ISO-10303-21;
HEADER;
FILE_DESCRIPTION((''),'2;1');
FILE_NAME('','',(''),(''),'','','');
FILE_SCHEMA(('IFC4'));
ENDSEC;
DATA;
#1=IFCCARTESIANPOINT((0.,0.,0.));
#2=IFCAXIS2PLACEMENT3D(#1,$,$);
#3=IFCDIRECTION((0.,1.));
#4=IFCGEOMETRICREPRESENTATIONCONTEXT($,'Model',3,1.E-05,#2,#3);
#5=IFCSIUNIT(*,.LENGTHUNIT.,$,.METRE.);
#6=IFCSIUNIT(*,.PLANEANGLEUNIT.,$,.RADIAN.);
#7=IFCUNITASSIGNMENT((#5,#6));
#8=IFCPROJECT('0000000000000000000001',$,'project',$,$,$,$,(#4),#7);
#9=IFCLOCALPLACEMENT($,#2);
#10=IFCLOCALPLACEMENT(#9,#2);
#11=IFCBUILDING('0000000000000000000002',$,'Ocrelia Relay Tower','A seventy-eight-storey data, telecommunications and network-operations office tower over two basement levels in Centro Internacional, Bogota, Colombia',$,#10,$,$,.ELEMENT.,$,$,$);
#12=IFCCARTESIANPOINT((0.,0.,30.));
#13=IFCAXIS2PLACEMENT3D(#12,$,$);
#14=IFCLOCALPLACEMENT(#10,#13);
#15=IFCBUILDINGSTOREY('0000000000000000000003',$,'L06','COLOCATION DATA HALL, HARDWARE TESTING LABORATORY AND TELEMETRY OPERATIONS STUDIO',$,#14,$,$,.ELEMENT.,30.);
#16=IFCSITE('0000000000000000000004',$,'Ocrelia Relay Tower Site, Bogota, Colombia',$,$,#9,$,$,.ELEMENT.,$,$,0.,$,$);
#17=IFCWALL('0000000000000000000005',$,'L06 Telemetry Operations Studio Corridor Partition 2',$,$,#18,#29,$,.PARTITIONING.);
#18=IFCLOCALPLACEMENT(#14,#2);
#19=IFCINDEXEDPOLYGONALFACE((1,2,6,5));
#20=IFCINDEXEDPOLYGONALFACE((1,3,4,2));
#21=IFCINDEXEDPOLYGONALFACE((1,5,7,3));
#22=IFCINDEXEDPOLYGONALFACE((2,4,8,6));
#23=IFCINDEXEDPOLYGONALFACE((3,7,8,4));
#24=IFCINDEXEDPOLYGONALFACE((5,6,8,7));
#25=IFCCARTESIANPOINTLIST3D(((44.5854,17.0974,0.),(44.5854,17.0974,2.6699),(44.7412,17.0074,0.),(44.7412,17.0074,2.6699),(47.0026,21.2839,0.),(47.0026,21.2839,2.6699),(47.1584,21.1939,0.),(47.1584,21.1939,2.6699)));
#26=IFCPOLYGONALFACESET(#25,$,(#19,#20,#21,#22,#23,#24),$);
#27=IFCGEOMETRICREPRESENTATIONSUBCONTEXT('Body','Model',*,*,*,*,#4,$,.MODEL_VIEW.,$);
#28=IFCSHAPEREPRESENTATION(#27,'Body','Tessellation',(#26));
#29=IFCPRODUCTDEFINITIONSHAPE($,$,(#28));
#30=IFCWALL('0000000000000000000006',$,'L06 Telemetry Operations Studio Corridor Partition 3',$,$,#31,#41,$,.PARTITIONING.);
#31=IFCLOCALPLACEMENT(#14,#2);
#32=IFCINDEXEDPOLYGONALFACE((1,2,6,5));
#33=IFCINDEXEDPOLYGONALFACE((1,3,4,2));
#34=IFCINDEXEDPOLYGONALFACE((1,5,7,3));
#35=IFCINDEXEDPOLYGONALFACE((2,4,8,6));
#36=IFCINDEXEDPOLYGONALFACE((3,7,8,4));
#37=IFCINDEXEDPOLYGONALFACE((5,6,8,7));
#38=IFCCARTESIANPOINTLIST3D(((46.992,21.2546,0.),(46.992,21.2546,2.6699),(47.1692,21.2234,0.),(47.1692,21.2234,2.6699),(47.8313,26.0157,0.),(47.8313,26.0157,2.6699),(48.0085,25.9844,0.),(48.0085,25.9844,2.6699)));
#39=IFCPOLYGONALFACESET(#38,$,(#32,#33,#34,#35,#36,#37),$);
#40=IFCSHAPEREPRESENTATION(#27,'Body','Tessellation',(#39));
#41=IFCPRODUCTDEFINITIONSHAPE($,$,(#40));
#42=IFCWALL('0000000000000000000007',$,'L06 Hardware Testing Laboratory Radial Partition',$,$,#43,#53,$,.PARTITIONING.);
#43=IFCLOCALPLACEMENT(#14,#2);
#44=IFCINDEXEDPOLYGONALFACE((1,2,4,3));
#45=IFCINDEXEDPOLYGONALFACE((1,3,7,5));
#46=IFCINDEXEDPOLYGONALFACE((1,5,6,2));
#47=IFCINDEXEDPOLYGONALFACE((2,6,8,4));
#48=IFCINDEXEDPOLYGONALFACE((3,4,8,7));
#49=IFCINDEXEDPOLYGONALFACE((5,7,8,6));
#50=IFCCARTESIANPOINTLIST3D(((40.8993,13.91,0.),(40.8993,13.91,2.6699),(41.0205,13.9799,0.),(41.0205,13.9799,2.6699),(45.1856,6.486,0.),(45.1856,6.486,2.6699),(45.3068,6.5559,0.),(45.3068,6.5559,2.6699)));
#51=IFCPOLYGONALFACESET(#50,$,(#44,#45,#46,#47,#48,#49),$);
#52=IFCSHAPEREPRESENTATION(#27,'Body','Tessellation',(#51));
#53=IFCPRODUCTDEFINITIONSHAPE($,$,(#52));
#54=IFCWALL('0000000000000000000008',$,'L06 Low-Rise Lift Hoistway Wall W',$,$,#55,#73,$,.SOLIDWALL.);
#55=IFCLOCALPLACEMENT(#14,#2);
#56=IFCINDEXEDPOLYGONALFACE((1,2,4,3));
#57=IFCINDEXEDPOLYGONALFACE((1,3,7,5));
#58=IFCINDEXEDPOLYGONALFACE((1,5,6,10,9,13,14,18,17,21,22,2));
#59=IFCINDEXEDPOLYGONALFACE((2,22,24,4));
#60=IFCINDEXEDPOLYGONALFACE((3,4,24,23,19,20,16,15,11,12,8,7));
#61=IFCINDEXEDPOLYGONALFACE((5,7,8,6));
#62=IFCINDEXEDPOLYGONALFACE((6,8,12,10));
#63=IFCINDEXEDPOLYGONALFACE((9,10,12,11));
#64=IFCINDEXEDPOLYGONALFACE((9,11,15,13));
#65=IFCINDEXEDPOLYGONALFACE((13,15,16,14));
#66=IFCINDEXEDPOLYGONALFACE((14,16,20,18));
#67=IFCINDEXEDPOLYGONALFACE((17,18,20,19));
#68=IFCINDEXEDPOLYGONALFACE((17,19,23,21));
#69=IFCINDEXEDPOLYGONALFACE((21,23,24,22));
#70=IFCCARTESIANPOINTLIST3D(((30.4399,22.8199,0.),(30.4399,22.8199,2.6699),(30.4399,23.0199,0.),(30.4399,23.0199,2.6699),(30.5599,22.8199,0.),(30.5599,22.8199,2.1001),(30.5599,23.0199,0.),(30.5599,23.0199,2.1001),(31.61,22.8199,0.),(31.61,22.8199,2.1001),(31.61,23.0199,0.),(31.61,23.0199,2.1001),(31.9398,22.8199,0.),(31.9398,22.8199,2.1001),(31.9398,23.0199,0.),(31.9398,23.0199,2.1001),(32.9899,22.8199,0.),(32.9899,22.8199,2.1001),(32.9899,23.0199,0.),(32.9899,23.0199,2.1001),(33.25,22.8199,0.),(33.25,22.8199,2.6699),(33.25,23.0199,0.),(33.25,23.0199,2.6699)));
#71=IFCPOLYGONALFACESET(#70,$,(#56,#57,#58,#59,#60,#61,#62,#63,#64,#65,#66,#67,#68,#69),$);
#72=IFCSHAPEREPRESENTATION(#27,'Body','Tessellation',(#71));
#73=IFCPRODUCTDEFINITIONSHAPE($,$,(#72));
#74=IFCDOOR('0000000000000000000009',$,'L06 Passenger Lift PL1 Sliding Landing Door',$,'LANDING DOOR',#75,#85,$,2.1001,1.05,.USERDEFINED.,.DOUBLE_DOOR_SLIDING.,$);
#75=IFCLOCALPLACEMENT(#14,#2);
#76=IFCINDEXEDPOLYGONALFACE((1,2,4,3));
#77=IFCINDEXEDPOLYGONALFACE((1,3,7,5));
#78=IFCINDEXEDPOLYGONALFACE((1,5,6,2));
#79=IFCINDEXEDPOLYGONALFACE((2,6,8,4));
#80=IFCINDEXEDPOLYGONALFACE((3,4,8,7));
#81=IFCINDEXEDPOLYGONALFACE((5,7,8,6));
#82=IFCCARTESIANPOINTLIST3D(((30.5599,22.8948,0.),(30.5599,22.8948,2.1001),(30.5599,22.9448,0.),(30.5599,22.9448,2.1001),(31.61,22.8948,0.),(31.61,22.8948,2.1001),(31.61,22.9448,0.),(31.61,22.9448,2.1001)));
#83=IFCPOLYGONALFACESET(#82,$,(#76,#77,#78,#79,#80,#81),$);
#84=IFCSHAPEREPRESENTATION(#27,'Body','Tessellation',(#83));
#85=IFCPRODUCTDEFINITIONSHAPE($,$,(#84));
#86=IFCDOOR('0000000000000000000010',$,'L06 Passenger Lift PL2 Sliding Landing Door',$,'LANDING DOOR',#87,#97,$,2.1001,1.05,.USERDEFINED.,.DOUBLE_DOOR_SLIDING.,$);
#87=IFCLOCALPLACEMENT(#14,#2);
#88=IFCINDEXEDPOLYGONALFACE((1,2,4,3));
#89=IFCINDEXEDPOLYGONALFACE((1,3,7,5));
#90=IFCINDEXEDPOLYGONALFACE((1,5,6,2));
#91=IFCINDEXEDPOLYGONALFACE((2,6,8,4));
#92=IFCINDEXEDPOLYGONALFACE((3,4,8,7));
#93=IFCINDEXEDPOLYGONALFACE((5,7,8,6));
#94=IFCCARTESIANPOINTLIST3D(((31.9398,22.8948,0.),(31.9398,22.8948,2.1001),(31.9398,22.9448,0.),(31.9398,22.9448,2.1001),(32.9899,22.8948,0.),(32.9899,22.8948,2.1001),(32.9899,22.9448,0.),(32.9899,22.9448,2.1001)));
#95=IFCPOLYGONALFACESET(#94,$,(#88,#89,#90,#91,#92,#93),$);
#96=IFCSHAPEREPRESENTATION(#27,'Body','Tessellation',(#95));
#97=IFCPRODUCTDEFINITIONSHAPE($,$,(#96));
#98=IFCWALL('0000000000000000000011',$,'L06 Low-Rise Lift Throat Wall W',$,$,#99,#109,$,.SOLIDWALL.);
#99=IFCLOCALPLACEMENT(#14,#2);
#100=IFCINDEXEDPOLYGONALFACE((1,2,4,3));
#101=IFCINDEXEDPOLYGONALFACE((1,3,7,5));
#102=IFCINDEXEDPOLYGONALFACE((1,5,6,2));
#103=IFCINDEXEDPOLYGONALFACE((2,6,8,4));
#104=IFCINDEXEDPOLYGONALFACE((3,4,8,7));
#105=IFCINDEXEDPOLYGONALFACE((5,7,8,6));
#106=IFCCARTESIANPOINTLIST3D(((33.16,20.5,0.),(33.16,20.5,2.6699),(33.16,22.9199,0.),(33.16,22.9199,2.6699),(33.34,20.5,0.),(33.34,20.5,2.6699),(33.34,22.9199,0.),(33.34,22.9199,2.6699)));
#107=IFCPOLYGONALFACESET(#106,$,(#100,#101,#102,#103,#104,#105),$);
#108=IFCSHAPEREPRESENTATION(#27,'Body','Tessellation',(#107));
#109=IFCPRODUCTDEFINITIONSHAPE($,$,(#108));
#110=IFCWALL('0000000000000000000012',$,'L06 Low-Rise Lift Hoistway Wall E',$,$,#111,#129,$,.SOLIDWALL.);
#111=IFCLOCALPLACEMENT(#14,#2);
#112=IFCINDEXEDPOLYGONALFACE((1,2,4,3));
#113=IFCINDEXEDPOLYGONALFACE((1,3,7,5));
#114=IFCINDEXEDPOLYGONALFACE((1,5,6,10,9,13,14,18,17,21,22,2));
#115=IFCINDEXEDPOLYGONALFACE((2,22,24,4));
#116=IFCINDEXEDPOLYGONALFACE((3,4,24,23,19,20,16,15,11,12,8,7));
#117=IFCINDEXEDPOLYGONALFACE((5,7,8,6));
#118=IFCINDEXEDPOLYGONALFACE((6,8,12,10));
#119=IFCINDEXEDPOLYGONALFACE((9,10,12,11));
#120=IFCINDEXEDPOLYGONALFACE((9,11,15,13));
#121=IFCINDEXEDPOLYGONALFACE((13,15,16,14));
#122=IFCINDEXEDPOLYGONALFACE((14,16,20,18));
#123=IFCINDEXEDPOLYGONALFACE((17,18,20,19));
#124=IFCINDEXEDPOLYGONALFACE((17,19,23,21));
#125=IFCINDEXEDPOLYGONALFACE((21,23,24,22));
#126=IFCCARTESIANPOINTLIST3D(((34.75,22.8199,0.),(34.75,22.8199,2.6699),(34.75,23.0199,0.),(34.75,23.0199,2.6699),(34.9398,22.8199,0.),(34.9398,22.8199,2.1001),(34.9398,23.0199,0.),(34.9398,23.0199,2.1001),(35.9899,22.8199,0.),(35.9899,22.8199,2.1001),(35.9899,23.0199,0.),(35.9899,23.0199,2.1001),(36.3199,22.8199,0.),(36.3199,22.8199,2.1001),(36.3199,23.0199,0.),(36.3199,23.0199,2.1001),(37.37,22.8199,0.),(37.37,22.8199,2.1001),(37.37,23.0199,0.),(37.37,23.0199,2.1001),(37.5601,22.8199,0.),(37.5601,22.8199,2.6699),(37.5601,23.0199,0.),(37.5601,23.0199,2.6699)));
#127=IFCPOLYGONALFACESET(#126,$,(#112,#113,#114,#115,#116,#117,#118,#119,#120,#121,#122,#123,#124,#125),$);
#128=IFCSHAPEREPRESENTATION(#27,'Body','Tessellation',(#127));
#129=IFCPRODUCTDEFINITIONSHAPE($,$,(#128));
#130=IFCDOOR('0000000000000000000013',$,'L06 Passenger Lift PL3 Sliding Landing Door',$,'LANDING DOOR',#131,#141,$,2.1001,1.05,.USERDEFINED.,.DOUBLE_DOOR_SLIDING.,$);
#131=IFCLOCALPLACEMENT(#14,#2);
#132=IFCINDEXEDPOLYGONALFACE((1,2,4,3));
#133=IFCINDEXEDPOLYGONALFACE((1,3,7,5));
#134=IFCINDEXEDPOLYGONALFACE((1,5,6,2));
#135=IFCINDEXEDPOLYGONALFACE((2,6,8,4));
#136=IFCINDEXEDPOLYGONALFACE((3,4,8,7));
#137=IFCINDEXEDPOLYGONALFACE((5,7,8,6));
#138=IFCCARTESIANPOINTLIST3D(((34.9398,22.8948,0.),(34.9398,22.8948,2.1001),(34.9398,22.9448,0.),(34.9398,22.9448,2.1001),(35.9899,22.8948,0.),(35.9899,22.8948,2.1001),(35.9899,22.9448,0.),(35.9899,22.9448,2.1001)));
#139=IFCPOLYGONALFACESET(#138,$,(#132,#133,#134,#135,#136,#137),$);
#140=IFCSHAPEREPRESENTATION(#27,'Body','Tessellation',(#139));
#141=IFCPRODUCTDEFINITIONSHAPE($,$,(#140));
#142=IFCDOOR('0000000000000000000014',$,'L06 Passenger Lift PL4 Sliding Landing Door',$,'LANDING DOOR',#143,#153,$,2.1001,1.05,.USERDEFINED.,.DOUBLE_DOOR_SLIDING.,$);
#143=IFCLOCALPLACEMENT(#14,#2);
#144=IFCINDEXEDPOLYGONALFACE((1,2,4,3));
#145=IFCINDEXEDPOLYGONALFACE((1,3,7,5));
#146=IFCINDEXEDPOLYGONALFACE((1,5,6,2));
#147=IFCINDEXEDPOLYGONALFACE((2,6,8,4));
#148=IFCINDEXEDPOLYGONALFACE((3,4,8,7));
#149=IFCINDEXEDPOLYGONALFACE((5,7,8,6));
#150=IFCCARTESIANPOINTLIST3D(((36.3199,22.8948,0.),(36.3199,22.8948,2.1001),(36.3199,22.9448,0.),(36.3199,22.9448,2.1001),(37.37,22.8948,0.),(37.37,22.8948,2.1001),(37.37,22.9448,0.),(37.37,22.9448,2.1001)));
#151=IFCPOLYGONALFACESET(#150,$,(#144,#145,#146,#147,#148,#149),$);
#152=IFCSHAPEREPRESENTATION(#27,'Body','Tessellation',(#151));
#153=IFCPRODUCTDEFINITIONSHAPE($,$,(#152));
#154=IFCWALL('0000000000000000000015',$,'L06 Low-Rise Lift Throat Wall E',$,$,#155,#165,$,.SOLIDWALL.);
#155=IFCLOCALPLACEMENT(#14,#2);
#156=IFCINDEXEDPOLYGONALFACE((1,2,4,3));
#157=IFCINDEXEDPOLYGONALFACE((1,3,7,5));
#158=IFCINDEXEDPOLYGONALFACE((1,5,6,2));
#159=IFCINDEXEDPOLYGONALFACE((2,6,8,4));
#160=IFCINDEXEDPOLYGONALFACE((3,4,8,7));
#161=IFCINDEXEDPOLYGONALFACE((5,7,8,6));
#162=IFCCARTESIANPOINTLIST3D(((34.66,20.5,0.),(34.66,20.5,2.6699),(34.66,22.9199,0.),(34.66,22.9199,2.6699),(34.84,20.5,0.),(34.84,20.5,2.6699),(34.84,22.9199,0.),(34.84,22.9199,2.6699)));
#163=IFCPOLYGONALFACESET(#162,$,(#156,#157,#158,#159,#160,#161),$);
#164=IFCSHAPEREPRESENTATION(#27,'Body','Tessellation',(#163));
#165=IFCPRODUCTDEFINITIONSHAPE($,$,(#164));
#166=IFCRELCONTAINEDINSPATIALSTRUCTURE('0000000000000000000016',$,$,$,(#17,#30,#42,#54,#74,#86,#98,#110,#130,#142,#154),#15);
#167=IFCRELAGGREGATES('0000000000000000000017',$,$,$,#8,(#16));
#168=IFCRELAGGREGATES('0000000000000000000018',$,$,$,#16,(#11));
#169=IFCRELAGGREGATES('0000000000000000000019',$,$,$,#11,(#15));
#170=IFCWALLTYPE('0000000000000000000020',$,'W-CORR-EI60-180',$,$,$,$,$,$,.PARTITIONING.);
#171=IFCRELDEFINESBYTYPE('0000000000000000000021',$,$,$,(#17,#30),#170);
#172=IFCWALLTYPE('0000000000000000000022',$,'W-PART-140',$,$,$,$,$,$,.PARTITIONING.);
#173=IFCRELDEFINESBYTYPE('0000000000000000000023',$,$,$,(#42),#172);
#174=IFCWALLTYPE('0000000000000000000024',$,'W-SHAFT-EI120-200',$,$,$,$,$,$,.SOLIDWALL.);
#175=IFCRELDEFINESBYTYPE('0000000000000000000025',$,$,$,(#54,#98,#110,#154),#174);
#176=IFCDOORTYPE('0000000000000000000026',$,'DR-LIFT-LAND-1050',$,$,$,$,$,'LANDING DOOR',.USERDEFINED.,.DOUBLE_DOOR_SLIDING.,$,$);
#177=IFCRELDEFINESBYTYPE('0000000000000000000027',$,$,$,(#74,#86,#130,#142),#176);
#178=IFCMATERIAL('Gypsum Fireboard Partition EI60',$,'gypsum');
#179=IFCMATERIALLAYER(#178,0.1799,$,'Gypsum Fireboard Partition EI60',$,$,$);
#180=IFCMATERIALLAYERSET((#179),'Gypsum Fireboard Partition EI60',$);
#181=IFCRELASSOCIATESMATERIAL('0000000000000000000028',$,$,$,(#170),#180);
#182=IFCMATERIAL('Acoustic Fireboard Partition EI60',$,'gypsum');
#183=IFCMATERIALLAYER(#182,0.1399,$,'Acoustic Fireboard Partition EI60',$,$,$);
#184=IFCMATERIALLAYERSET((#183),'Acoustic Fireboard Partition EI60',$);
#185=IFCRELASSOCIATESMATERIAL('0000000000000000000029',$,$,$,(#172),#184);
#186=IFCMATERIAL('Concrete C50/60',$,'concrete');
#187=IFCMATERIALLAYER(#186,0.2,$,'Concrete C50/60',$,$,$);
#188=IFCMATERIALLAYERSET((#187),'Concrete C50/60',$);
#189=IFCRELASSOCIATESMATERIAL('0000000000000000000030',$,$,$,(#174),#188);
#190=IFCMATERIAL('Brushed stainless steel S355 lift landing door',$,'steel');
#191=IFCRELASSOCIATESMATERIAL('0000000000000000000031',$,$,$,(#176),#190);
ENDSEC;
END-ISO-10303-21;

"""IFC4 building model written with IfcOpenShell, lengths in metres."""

from ifc_helpers import new_model, si_unit, direction, frame, frame_2d, origin, place, context, subcontext, project, spatial, rectangle, extrude, material, layer, layer_set, type_object, element, fill, save


model = new_model("IFC4")

# Units and contexts
model_context = context("Model", 3, precision=1e-05, world=origin(), true_north=direction((0.0, 1.0)))
body_context = subcontext(model_context, "Body", "Model", "MODEL_VIEW")
ifc_project = project(units=[si_unit("LENGTHUNIT", "METRE"), si_unit("PLANEANGLEUNIT", "RADIAN")], contexts=[model_context])

# Site, building, storey
site_placement = place(None, origin())
site = spatial("IfcSite", under=ifc_project, at=site_placement, Name="Ocrelia Relay Tower Site, Bogota, Colombia", CompositionType="ELEMENT", RefElevation=0.0)
building_placement = place(site_placement, origin())
building = spatial("IfcBuilding", under=site, at=building_placement, Name="Ocrelia Relay Tower", Description="A seventy-eight-storey data, telecommunications and network-operations office tower over two basement levels in Centro Internacional, Bogota, Colombia", CompositionType="ELEMENT")
storey_placement = place(building_placement, frame((0.0, 0.0, 30.0)))
storey = spatial("IfcBuildingStorey", under=building, at=storey_placement, Name="L06", Description="COLOCATION DATA HALL, HARDWARE TESTING LABORATORY AND TELEMETRY OPERATIONS STUDIO", CompositionType="ELEMENT", Elevation=30.0)

# Shared definitions
ifc_material_1 = material(Name="Gypsum Fireboard Partition EI60", Category="gypsum")
ifc_layer_1 = layer(ifc_material_1, 0.1799, Name="Gypsum Fireboard Partition EI60")
ifc_layer_set_1 = layer_set([ifc_layer_1], Name="Gypsum Fireboard Partition EI60")
wall_type_1 = type_object("IfcWallType", Name="W-CORR-EI60-180", PredefinedType="PARTITIONING", material=ifc_layer_set_1)

# Walls
wall_1_placement = place(storey_placement, frame((44.6633, 17.0525, 0.0), z_axis=(0.0, 0.0, 1.0), x_axis=(0.500023, 0.866012, 0.0)))
element("IfcWall", 1, at=wall_1_placement, inside=storey, type_object=wall_type_1, Name="L06 Telemetry Operations Studio Corridor Partition 2", PredefinedType="PARTITIONING", context=body_context, shape_type="SweptSolid", body=[
    extrude(rectangle(XDim=4.8342, YDim=0.1799, at=frame_2d((2.417, 0.0))), origin(), (0.0, 0.0, 1.0), 2.6699),
])
wall_2_placement = place(storey_placement, frame((47.0806, 21.239, 0.0), z_axis=(0.0, 0.0, 1.0), x_axis=(0.173621, 0.984813, 0.0)))
element("IfcWall", 2, at=wall_2_placement, inside=storey, type_object=wall_type_1, Name="L06 Telemetry Operations Studio Corridor Partition 3", PredefinedType="PARTITIONING", context=body_context, shape_type="SweptSolid", body=[
    extrude(rectangle(XDim=4.8345, YDim=0.1799, at=frame_2d((2.4172, 0.0))), origin(), (0.0, 0.0, 1.0), 2.6699),
])
ifc_material_2 = material(Name="Acoustic Fireboard Partition EI60", Category="gypsum")
ifc_layer_2 = layer(ifc_material_2, 0.1399, Name="Acoustic Fireboard Partition EI60")
ifc_layer_set_2 = layer_set([ifc_layer_2], Name="Acoustic Fireboard Partition EI60")
wall_type_2 = type_object("IfcWallType", Name="W-PART-140", PredefinedType="PARTITIONING", material=ifc_layer_set_2)
wall_3_placement = place(storey_placement, frame((40.96, 13.9448, 0.0), z_axis=(0.0, 0.0, 1.0), x_axis=(0.500008, -0.866021, 0.0)))
element("IfcWall", 3, at=wall_3_placement, inside=storey, type_object=wall_type_2, Name="L06 Hardware Testing Laboratory Radial Partition", PredefinedType="PARTITIONING", context=body_context, shape_type="SweptSolid", body=[
    extrude(rectangle(XDim=8.5725, YDim=0.1399, at=frame_2d((4.2861, 0.0))), origin(), (0.0, 0.0, 1.0), 2.6699),
])

# Wall, openings, doors
ifc_material_3 = material(Name="Concrete C50/60", Category="concrete")
ifc_layer_3 = layer(ifc_material_3, 0.2, Name="Concrete C50/60")
ifc_layer_set_3 = layer_set([ifc_layer_3], Name="Concrete C50/60")
wall_type_3 = type_object("IfcWallType", Name="W-SHAFT-EI120-200", PredefinedType="SOLIDWALL", material=ifc_layer_set_3)
wall_4_placement = place(storey_placement, frame((30.4399, 22.9199, 0.0), z_axis=(0.0, 0.0, 1.0), x_axis=(1.0, 0.0, 0.0)))
wall_4 = element("IfcWall", 4, at=wall_4_placement, inside=storey, type_object=wall_type_3, Name="L06 Low-Rise Lift Hoistway Wall W", PredefinedType="SOLIDWALL", context=body_context, shape_type="SweptSolid", body=[
    extrude(rectangle(XDim=2.8101, YDim=0.2, at=frame_2d((1.405, 0.0))), origin(), (0.0, 0.0, 1.0), 2.6699),
])
opening_1_placement = place(wall_4_placement, frame((0.1201, 0.0, 0.0)))
opening_1 = element("IfcOpeningElement", 5, at=opening_1_placement, cuts=wall_4, PredefinedType="OPENING", context=body_context, shape_type="SweptSolid", body=[
    extrude(rectangle(XDim=1.05, YDim=2.1001, at=frame_2d((0.5249, 1.05))), frame((0.0, 0.1099, 0.0), z_axis=(0.0, -1.0, 0.0), x_axis=(1.0, 0.0, 0.0)), (0.0, 0.0, 1.0), 0.22),
])
opening_2_placement = place(wall_4_placement, frame((1.5, 0.0, 0.0)))
opening_2 = element("IfcOpeningElement", 6, at=opening_2_placement, cuts=wall_4, PredefinedType="OPENING", context=body_context, shape_type="SweptSolid", body=[
    extrude(rectangle(XDim=1.05, YDim=2.1001, at=frame_2d((0.5249, 1.05))), frame((0.0, 0.1099, 0.0), z_axis=(0.0, -1.0, 0.0), x_axis=(1.0, 0.0, 0.0)), (0.0, 0.0, 1.0), 0.22),
])
ifc_material_4 = material(Name="Brushed stainless steel S355 lift landing door", Category="steel")
door_type_1 = type_object("IfcDoorType", Name="DR-LIFT-LAND-1050", ElementType="LANDING DOOR", OperationType="DOUBLE_DOOR_SLIDING", PredefinedType="USERDEFINED", material=ifc_material_4)
door_1_placement = place(opening_1_placement, origin())
door_1 = element("IfcDoor", 7, at=door_1_placement, inside=storey, type_object=door_type_1, Name="L06 Passenger Lift PL1 Sliding Landing Door", ObjectType="LANDING DOOR", OperationType="DOUBLE_DOOR_SLIDING", OverallHeight=2.1001, OverallWidth=1.05, PredefinedType="USERDEFINED", context=body_context, shape_type="SweptSolid", body=[
    extrude(rectangle(XDim=1.05, YDim=2.1001, at=frame_2d((0.5249, 1.05))), frame((0.0, 0.0249, 0.0), z_axis=(0.0, -1.0, 0.0), x_axis=(1.0, 0.0, 0.0)), (0.0, 0.0, 1.0), 0.05),
])
fill(opening_1, door_1)
door_2_placement = place(opening_2_placement, origin())
door_2 = element("IfcDoor", 8, at=door_2_placement, inside=storey, type_object=door_type_1, Name="L06 Passenger Lift PL2 Sliding Landing Door", ObjectType="LANDING DOOR", OperationType="DOUBLE_DOOR_SLIDING", OverallHeight=2.1001, OverallWidth=1.05, PredefinedType="USERDEFINED", context=body_context, shape_type="SweptSolid", body=[
    extrude(rectangle(XDim=1.05, YDim=2.1001, at=frame_2d((0.5249, 1.05))), frame((0.0, 0.0249, 0.0), z_axis=(0.0, -1.0, 0.0), x_axis=(1.0, 0.0, 0.0)), (0.0, 0.0, 1.0), 0.05),
])
fill(opening_2, door_2)

# Wall
wall_5_placement = place(storey_placement, frame((33.25, 20.5, 0.0), z_axis=(0.0, 0.0, 1.0), x_axis=(0.0, 1.0, 0.0)))
element("IfcWall", 9, at=wall_5_placement, inside=storey, type_object=wall_type_3, Name="L06 Low-Rise Lift Throat Wall W", PredefinedType="SOLIDWALL", context=body_context, shape_type="SweptSolid", body=[
    extrude(rectangle(XDim=2.4199, YDim=0.1799, at=frame_2d((1.21, 0.0))), origin(), (0.0, 0.0, 1.0), 2.6699),
])

# Wall, openings, doors
wall_6_placement = place(storey_placement, frame((34.75, 22.9199, 0.0), z_axis=(0.0, 0.0, 1.0), x_axis=(1.0, 0.0, 0.0)))
wall_6 = element("IfcWall", 10, at=wall_6_placement, inside=storey, type_object=wall_type_3, Name="L06 Low-Rise Lift Hoistway Wall E", PredefinedType="SOLIDWALL", context=body_context, shape_type="SweptSolid", body=[
    extrude(rectangle(XDim=2.8101, YDim=0.2, at=frame_2d((1.405, 0.0))), origin(), (0.0, 0.0, 1.0), 2.6699),
])
opening_3_placement = place(wall_6_placement, frame((0.1899, 0.0, 0.0)))
opening_3 = element("IfcOpeningElement", 11, at=opening_3_placement, cuts=wall_6, PredefinedType="OPENING", context=body_context, shape_type="SweptSolid", body=[
    extrude(rectangle(XDim=1.05, YDim=2.1001, at=frame_2d((0.5249, 1.05))), frame((0.0, 0.1099, 0.0), z_axis=(0.0, -1.0, 0.0), x_axis=(1.0, 0.0, 0.0)), (0.0, 0.0, 1.0), 0.22),
])
opening_4_placement = place(wall_6_placement, frame((1.5701, 0.0, 0.0)))
opening_4 = element("IfcOpeningElement", 12, at=opening_4_placement, cuts=wall_6, PredefinedType="OPENING", context=body_context, shape_type="SweptSolid", body=[
    extrude(rectangle(XDim=1.05, YDim=2.1001, at=frame_2d((0.5249, 1.05))), frame((0.0, 0.1099, 0.0), z_axis=(0.0, -1.0, 0.0), x_axis=(1.0, 0.0, 0.0)), (0.0, 0.0, 1.0), 0.22),
])
door_3_placement = place(opening_3_placement, origin())
door_3 = element("IfcDoor", 13, at=door_3_placement, inside=storey, type_object=door_type_1, Name="L06 Passenger Lift PL3 Sliding Landing Door", ObjectType="LANDING DOOR", OperationType="DOUBLE_DOOR_SLIDING", OverallHeight=2.1001, OverallWidth=1.05, PredefinedType="USERDEFINED", context=body_context, shape_type="SweptSolid", body=[
    extrude(rectangle(XDim=1.05, YDim=2.1001, at=frame_2d((0.5249, 1.05))), frame((0.0, 0.0249, 0.0), z_axis=(0.0, -1.0, 0.0), x_axis=(1.0, 0.0, 0.0)), (0.0, 0.0, 1.0), 0.05),
])
fill(opening_3, door_3)
door_4_placement = place(opening_4_placement, origin())
door_4 = element("IfcDoor", 14, at=door_4_placement, inside=storey, type_object=door_type_1, Name="L06 Passenger Lift PL4 Sliding Landing Door", ObjectType="LANDING DOOR", OperationType="DOUBLE_DOOR_SLIDING", OverallHeight=2.1001, OverallWidth=1.05, PredefinedType="USERDEFINED", context=body_context, shape_type="SweptSolid", body=[
    extrude(rectangle(XDim=1.05, YDim=2.1001, at=frame_2d((0.5249, 1.05))), frame((0.0, 0.0249, 0.0), z_axis=(0.0, -1.0, 0.0), x_axis=(1.0, 0.0, 0.0)), (0.0, 0.0, 1.0), 0.05),
])
fill(opening_4, door_4)

# Wall
wall_7_placement = place(storey_placement, frame((34.75, 20.5, 0.0), z_axis=(0.0, 0.0, 1.0), x_axis=(0.0, 1.0, 0.0)))
element("IfcWall", 15, at=wall_7_placement, inside=storey, type_object=wall_type_3, Name="L06 Low-Rise Lift Throat Wall E", PredefinedType="SOLIDWALL", context=body_context, shape_type="SweptSolid", body=[
    extrude(rectangle(XDim=2.4199, YDim=0.1799, at=frame_2d((1.21, 0.0))), origin(), (0.0, 0.0, 1.0), 2.6699),
])

save(model, "model.ifc")
